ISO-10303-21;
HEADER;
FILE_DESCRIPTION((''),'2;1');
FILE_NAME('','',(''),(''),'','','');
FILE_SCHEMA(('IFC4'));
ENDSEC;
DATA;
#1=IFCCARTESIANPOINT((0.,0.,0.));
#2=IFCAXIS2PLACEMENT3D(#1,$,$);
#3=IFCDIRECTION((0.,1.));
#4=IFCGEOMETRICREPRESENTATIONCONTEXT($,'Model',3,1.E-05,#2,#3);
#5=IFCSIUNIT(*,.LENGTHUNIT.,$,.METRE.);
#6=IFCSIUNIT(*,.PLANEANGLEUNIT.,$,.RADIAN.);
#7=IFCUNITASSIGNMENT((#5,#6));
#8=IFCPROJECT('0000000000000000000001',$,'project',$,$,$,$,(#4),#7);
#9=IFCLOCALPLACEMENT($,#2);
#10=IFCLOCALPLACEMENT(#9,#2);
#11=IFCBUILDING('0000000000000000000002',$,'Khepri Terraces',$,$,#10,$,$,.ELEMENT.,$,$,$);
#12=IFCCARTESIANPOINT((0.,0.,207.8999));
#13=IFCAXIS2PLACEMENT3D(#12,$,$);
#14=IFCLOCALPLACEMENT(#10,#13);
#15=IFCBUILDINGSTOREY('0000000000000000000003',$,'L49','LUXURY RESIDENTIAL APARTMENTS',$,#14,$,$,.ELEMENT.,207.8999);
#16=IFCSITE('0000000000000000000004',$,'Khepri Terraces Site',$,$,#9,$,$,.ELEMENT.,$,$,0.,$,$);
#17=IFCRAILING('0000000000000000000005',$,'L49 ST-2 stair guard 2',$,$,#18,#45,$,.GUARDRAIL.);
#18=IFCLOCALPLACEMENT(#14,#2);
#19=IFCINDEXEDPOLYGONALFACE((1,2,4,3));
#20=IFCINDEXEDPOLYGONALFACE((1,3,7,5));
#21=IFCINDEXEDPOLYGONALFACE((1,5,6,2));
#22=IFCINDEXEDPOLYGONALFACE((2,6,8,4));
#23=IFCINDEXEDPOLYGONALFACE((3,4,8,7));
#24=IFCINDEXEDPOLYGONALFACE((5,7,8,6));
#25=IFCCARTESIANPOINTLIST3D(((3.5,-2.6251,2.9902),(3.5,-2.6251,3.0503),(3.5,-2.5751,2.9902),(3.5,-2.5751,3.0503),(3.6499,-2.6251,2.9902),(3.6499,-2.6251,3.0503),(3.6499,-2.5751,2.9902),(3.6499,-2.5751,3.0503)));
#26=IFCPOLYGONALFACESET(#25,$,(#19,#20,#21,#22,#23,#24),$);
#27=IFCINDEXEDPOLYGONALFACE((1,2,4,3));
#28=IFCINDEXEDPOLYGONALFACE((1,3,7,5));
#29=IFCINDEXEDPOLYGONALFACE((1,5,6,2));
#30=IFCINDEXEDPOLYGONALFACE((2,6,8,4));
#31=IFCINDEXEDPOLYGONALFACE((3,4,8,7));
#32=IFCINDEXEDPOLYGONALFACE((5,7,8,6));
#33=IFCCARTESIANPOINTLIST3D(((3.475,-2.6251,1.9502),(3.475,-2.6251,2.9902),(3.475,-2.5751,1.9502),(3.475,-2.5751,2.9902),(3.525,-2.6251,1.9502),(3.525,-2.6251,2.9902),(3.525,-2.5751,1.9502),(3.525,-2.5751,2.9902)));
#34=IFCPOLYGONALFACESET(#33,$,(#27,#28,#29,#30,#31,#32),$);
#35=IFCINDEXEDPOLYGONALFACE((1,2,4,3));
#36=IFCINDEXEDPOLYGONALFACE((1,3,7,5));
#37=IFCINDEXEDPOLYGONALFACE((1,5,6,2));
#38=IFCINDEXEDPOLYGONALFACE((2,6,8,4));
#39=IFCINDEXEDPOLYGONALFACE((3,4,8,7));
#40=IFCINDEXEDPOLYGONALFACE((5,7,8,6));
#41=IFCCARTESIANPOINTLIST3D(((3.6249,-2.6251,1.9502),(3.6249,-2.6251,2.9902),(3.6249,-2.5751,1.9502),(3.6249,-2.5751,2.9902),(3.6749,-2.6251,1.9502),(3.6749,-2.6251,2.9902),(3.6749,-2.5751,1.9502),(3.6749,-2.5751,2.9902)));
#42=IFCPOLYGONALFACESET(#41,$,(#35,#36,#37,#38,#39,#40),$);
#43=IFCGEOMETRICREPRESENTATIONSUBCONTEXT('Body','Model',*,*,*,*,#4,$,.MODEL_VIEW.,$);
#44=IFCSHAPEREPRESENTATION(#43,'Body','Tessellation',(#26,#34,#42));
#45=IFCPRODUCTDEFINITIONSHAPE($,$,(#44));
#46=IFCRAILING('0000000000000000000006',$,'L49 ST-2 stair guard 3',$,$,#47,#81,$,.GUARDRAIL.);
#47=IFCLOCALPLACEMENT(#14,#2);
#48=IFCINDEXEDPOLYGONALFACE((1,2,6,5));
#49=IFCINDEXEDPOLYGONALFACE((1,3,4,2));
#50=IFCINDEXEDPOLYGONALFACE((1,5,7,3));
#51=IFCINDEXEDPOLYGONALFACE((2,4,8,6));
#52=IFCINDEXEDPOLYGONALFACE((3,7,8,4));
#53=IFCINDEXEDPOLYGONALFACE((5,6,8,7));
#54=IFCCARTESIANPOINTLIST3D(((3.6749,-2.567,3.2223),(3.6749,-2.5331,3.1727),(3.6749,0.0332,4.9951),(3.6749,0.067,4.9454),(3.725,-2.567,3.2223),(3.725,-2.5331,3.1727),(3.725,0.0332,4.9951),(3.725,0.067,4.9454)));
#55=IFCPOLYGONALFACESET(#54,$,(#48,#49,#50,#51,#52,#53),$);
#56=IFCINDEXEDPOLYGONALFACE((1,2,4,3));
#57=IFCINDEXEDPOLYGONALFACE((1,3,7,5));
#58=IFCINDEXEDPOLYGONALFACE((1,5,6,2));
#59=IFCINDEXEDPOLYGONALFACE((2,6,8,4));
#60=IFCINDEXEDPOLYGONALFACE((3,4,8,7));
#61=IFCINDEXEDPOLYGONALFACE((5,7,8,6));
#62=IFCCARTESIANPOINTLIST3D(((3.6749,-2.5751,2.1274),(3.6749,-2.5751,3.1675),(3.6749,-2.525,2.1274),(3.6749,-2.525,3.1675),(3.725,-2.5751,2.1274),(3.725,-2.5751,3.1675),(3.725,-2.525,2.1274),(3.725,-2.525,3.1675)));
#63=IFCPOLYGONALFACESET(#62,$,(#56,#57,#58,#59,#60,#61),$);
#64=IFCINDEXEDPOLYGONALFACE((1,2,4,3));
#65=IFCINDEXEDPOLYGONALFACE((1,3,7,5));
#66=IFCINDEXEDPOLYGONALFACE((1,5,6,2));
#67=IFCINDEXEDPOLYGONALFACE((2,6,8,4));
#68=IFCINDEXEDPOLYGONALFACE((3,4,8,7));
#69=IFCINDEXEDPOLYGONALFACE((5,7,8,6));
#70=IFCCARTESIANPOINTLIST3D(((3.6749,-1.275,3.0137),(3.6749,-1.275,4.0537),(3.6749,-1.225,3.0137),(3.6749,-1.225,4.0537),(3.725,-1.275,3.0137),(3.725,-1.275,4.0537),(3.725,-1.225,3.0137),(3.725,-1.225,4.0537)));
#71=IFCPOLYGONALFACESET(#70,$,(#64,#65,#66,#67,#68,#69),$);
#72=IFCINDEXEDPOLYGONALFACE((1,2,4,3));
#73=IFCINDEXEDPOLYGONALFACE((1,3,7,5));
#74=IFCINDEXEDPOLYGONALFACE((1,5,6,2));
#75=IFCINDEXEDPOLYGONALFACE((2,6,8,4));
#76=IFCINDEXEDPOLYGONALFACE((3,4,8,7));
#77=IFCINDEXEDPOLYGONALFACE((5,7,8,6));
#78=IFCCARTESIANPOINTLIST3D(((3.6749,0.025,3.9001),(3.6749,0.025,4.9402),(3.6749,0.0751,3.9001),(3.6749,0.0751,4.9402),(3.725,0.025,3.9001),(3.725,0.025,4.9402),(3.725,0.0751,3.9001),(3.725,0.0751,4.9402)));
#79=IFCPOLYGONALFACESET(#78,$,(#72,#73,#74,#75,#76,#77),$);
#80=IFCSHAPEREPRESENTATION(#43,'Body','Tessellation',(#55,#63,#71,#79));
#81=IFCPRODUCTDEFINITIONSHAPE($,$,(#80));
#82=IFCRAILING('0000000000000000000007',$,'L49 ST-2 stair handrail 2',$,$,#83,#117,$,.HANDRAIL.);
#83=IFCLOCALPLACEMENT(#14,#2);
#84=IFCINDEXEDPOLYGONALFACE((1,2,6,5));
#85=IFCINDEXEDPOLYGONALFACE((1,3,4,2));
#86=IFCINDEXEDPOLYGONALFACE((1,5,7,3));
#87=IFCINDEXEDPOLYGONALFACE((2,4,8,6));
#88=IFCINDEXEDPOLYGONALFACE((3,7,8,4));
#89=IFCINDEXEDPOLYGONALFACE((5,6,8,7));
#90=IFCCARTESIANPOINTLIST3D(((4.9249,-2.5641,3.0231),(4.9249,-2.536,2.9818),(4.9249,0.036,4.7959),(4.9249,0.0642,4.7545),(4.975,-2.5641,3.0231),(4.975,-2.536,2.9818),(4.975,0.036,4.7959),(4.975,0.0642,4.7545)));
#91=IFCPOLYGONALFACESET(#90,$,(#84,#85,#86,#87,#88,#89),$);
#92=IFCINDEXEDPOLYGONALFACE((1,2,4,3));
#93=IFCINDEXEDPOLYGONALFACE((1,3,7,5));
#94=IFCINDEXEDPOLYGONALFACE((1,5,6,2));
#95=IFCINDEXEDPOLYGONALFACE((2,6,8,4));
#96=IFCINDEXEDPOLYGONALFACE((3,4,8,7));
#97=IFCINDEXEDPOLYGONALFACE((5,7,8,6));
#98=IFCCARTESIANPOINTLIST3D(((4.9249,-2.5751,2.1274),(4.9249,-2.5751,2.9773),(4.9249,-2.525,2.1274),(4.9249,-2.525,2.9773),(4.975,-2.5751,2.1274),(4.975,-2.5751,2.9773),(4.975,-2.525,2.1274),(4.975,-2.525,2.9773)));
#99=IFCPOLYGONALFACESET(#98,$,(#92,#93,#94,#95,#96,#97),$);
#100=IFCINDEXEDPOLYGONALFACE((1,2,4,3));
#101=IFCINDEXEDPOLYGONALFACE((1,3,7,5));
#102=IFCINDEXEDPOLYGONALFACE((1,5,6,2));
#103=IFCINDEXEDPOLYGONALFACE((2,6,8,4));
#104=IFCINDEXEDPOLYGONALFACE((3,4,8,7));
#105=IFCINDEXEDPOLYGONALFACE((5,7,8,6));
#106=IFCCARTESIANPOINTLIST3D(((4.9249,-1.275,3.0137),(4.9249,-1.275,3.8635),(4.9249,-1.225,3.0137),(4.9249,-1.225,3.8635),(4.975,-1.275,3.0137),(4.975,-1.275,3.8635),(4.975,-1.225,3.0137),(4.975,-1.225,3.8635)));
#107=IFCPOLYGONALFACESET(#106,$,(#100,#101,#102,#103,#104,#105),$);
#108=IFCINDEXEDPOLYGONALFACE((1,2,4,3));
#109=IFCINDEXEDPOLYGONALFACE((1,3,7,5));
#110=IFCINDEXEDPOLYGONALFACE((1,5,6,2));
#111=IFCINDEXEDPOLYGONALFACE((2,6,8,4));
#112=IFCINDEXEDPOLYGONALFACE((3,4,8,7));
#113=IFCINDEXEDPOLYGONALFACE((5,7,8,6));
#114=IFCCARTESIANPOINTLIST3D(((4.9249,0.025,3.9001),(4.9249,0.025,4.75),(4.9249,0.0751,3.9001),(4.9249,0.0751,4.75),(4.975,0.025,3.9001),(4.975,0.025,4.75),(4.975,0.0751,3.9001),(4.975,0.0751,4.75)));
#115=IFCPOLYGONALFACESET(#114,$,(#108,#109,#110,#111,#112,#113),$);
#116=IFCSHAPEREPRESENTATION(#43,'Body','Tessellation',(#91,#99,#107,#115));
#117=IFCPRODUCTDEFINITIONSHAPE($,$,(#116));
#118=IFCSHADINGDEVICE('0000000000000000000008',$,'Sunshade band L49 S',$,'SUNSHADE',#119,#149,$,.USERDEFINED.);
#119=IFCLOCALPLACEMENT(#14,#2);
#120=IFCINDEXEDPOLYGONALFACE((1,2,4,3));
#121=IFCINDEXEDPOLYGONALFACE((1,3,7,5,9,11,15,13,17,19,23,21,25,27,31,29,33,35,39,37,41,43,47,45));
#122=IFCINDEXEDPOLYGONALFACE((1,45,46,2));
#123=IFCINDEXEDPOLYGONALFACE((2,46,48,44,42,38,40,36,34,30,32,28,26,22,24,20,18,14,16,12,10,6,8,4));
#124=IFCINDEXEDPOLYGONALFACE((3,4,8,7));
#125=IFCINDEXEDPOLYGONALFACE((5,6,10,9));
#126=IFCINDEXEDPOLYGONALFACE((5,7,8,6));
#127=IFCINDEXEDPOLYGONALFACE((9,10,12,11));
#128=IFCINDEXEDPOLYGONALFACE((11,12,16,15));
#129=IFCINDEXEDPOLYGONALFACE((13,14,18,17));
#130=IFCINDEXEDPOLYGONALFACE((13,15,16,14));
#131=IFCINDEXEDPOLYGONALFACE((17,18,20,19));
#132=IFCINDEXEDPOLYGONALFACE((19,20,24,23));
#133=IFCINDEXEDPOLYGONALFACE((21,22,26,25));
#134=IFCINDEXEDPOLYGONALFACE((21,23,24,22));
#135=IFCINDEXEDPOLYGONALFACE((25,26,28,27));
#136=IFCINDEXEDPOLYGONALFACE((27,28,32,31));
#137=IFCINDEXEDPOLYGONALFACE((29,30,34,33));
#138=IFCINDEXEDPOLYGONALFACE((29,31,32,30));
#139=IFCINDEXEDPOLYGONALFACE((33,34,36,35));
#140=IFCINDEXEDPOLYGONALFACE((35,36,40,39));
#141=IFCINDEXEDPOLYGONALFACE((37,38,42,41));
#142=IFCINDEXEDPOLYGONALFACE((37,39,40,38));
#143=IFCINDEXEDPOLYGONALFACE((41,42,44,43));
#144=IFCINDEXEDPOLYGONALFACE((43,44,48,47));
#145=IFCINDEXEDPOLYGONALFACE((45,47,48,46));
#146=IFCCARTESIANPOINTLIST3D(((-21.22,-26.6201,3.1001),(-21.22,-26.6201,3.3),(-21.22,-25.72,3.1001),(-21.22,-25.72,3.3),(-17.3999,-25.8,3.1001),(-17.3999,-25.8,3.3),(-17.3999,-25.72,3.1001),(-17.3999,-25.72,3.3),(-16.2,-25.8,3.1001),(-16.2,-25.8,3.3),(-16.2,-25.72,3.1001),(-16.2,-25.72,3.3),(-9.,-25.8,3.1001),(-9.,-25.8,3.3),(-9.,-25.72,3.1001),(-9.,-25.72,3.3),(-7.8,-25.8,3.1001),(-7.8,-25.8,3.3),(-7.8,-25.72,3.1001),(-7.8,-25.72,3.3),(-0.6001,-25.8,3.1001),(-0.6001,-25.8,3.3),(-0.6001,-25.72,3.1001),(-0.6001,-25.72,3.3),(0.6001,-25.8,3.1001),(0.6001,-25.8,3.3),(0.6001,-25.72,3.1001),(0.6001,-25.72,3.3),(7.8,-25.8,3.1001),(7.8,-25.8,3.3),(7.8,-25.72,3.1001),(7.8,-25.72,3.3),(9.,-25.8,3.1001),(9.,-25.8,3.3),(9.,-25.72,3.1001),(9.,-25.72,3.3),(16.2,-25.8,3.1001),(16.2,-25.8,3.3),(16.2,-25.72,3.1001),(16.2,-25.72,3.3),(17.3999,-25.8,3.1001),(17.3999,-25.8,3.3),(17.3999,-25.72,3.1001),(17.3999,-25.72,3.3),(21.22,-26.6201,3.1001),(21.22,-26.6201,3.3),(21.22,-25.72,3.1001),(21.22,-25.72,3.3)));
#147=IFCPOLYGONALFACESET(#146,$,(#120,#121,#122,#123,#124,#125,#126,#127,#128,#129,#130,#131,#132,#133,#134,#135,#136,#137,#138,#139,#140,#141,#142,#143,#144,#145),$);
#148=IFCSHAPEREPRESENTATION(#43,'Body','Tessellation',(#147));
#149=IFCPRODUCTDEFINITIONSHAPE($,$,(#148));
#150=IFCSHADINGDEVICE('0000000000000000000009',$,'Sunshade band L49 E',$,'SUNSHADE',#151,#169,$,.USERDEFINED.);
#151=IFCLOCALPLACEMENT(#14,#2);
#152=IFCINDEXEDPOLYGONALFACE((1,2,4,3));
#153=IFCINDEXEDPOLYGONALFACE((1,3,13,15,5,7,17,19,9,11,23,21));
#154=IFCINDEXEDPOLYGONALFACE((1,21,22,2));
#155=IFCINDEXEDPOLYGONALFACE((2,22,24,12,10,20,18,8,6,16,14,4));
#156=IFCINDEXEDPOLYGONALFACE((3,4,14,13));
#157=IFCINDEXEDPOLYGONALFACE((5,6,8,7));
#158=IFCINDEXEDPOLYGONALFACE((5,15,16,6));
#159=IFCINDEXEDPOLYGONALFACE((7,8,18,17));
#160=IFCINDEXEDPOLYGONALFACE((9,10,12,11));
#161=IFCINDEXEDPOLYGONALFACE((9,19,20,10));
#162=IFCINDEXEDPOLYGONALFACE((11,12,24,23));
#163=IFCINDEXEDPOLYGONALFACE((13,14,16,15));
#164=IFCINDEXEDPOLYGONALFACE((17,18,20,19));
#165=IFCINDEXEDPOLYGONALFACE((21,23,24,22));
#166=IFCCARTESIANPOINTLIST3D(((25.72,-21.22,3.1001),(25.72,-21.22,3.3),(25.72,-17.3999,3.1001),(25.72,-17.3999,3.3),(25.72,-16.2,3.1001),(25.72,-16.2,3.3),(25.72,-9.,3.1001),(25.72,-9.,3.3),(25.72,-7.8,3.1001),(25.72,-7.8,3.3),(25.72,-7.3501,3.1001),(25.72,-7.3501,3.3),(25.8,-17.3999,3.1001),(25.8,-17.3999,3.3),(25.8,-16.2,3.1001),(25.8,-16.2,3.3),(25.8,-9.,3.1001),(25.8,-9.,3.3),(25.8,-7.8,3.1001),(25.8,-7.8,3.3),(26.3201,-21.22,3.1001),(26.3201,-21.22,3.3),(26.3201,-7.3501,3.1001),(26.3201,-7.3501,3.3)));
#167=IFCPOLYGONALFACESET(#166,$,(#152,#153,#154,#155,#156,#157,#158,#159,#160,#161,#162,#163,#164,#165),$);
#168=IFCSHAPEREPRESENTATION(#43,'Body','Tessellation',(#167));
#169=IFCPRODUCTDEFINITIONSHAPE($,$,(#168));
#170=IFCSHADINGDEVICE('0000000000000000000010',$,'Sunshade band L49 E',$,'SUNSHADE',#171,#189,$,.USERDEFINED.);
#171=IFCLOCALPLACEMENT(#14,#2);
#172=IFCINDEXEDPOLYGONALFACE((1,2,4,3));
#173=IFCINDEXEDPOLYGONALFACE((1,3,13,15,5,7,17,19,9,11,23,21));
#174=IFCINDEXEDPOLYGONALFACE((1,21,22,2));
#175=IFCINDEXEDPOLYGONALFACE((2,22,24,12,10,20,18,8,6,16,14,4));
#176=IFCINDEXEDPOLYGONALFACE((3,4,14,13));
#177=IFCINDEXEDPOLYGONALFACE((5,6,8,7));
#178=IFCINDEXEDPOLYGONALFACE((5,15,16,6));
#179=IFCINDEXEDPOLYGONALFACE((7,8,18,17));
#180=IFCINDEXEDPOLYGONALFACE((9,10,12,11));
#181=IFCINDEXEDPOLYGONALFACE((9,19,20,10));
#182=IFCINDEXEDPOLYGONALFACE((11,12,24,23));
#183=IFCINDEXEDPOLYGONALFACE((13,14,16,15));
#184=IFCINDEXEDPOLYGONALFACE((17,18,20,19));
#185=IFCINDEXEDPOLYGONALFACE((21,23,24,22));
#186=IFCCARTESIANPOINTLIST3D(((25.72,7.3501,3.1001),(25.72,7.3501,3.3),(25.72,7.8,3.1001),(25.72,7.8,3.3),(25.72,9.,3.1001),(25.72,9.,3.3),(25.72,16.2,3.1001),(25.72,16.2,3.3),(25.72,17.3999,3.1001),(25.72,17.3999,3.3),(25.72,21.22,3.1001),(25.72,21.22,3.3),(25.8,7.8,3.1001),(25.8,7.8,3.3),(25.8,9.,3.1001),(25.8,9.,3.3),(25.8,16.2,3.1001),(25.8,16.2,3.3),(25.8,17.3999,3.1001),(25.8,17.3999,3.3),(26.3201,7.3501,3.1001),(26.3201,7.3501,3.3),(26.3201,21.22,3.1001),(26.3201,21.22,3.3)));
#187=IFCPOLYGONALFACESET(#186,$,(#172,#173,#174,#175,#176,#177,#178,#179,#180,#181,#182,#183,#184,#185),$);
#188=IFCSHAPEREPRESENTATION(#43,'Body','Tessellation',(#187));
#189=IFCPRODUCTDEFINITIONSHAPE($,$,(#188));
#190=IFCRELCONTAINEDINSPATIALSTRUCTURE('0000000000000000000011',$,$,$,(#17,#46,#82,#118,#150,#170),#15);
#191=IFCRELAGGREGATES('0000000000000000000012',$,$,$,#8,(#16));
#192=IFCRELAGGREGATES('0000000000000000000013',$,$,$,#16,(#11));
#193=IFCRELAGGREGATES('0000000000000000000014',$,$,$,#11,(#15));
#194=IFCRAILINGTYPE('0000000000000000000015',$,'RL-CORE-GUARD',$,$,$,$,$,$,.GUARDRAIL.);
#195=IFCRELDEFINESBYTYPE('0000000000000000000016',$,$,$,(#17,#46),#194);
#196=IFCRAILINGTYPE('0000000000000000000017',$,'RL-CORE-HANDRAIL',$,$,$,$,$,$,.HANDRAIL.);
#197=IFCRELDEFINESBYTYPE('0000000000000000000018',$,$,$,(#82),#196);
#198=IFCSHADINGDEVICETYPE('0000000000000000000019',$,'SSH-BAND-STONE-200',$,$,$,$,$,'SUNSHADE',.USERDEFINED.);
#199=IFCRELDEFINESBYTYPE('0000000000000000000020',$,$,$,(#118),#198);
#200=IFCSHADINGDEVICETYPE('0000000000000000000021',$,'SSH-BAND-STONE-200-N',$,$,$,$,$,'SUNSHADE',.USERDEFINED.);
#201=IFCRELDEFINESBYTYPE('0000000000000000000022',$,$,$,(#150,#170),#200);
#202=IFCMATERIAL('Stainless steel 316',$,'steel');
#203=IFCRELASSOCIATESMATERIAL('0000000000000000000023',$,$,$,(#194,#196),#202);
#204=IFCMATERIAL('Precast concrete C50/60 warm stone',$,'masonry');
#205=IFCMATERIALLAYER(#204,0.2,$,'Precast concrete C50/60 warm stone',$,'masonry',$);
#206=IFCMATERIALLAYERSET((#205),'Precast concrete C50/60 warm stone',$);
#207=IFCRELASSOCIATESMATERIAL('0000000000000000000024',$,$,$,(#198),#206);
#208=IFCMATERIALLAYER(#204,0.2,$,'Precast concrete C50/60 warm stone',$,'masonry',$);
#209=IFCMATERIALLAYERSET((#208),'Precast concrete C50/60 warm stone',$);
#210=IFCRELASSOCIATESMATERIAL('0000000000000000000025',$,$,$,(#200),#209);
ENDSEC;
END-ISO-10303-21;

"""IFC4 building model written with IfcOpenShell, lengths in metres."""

from ifc_helpers import new_model, si_unit, direction, frame, origin, origin_2d, place, context, subcontext, project, spatial, polyline, rectangle, outline, extrude, material, layer, layer_set, type_object, element, save


model = new_model("IFC4")

# Units and contexts
model_context = context("Model", 3, precision=1e-05, world=origin(), true_north=direction((0.0, 1.0)))
body_context = subcontext(model_context, "Body", "Model", "MODEL_VIEW")
ifc_project = project(units=[si_unit("LENGTHUNIT", "METRE"), si_unit("PLANEANGLEUNIT", "RADIAN")], contexts=[model_context])

# Site, building, storey
site_placement = place(None, origin())
site = spatial("IfcSite", under=ifc_project, at=site_placement, Name="Khepri Terraces Site", CompositionType="ELEMENT", RefElevation=0.0)
building_placement = place(site_placement, origin())
building = spatial("IfcBuilding", under=site, at=building_placement, Name="Khepri Terraces", CompositionType="ELEMENT")
storey_placement = place(building_placement, frame((0.0, 0.0, 207.8999)))
storey = spatial("IfcBuildingStorey", under=building, at=storey_placement, Name="L49", Description="LUXURY RESIDENTIAL APARTMENTS", CompositionType="ELEMENT", Elevation=207.8999)

# Shared definitions
ifc_material_1 = material(Name="Precast concrete C50/60 warm stone", Category="masonry")

# Railings
ifc_material_2 = material(Name="Stainless steel 316", Category="steel")
railing_type_1 = type_object("IfcRailingType", Name="RL-CORE-GUARD", PredefinedType="GUARDRAIL", material=ifc_material_2)
railing_1_placement = place(storey_placement, frame((3.5, -2.6001, 1.9502)))
element("IfcRailing", 1, at=railing_1_placement, inside=storey, type_object=railing_type_1, Name="L49 ST-2 stair guard 2", PredefinedType="GUARDRAIL", context=body_context, shape_type="SweptSolid", body=[
    extrude(rectangle(XDim=0.05, YDim=0.0601, at=origin_2d()), frame((0.0, 0.0, 1.0701), z_axis=(1.0, 0.0, 0.0), x_axis=(0.0, 1.0, 0.0)), (0.0, 0.0, 1.0), 0.1499),
    extrude(rectangle(XDim=0.05, YDim=0.05, at=origin_2d()), origin(), (0.0, 0.0, 1.0), 1.04),
    extrude(rectangle(XDim=0.05, YDim=0.05, at=origin_2d()), frame((0.1499, 0.0, 0.0)), (0.0, 0.0, 1.0), 1.04),
])
railing_2_placement = place(storey_placement, frame((3.7, -2.55, 2.1274)))
element("IfcRailing", 2, at=railing_2_placement, inside=storey, type_object=railing_type_1, Name="L49 ST-2 stair guard 3", PredefinedType="GUARDRAIL", context=body_context, shape_type="SweptSolid", body=[
    extrude(rectangle(XDim=0.05, YDim=0.0601, at=origin_2d()), frame((0.0, 0.0, 1.0701), z_axis=(0.0, 0.82624, 0.563318), x_axis=(-1.0, 0.0, 0.0)), (0.0, 0.0, 1.0), 3.147),
    extrude(rectangle(XDim=0.05, YDim=0.05, at=origin_2d()), origin(), (0.0, 0.0, 1.0), 1.04),
    extrude(rectangle(XDim=0.05, YDim=0.05, at=origin_2d()), frame((0.0, 1.3, 0.8862)), (0.0, 0.0, 1.0), 1.04),
    extrude(rectangle(XDim=0.05, YDim=0.05, at=origin_2d()), frame((0.0, 2.6001, 1.7727)), (0.0, 0.0, 1.0), 1.04),
])
railing_type_2 = type_object("IfcRailingType", Name="RL-CORE-HANDRAIL", PredefinedType="HANDRAIL", material=ifc_material_2)
railing_3_placement = place(storey_placement, frame((4.95, -2.55, 2.1274)))
element("IfcRailing", 3, at=railing_3_placement, inside=storey, type_object=railing_type_2, Name="L49 ST-2 stair handrail 2", PredefinedType="HANDRAIL", context=body_context, shape_type="SweptSolid", body=[
    extrude(rectangle(XDim=0.05, YDim=0.05, at=origin_2d()), frame((0.0, 0.0, 0.875), z_axis=(0.0, 0.82624, 0.563318), x_axis=(-1.0, 0.0, 0.0)), (0.0, 0.0, 1.0), 3.147),
    extrude(rectangle(XDim=0.05, YDim=0.05, at=origin_2d()), origin(), (0.0, 0.0, 1.0), 0.8499),
    extrude(rectangle(XDim=0.05, YDim=0.05, at=origin_2d()), frame((0.0, 1.3, 0.8862)), (0.0, 0.0, 1.0), 0.8499),
    extrude(rectangle(XDim=0.05, YDim=0.05, at=origin_2d()), frame((0.0, 2.6001, 1.7727)), (0.0, 0.0, 1.0), 0.8499),
])

# Shading devices
ifc_layer_1 = layer(ifc_material_1, 0.2, Name="Precast concrete C50/60 warm stone", Category="masonry")
ifc_layer_set_1 = layer_set([ifc_layer_1], Name="Precast concrete C50/60 warm stone")
shading_device_type_1 = type_object("IfcShadingDeviceType", Name="SSH-BAND-STONE-200", ElementType="SUNSHADE", PredefinedType="USERDEFINED", material=ifc_layer_set_1)
shading_device_1_placement = place(storey_placement, frame((0.0, 0.0, 3.1001)))
element("IfcShadingDevice", 4, at=shading_device_1_placement, inside=storey, type_object=shading_device_type_1, Name="Sunshade band L49 S", ObjectType="SUNSHADE", PredefinedType="USERDEFINED", context=body_context, shape_type="SweptSolid", body=[
    extrude(outline(polyline([(-17.3999, -25.72), (-21.22, -25.72), (-21.22, -26.6201), (21.22, -26.6201), (21.22, -25.72), (17.3999, -25.72), (17.3999, -25.8), (16.2, -25.8), (16.2, -25.72), (9.0, -25.72), (9.0, -25.8), (7.8, -25.8), (7.8, -25.72), (0.6001, -25.72), (0.6001, -25.8), (-0.6001, -25.8), (-0.6001, -25.72), (-7.8, -25.72), (-7.8, -25.8), (-9.0, -25.8), (-9.0, -25.72), (-16.2, -25.72), (-16.2, -25.8), (-17.3999, -25.8), (-17.3999, -25.72)])), origin(), (0.0, 0.0, 1.0), 0.2),
])
ifc_layer_2 = layer(ifc_material_1, 0.2, Name="Precast concrete C50/60 warm stone", Category="masonry")
ifc_layer_set_2 = layer_set([ifc_layer_2], Name="Precast concrete C50/60 warm stone")
shading_device_type_2 = type_object("IfcShadingDeviceType", Name="SSH-BAND-STONE-200-N", ElementType="SUNSHADE", PredefinedType="USERDEFINED", material=ifc_layer_set_2)
shading_device_2_placement = place(storey_placement, frame((0.0, 0.0, 3.1001)))
element("IfcShadingDevice", 5, at=shading_device_2_placement, inside=storey, type_object=shading_device_type_2, Name="Sunshade band L49 E", ObjectType="SUNSHADE", PredefinedType="USERDEFINED", context=body_context, shape_type="SweptSolid", body=[
    extrude(outline(polyline([(25.72, -17.3999), (25.72, -21.22), (26.3201, -21.22), (26.3201, -7.3501), (25.72, -7.3501), (25.72, -7.8), (25.8, -7.8), (25.8, -9.0), (25.72, -9.0), (25.72, -16.2), (25.8, -16.2), (25.8, -17.3999), (25.72, -17.3999)])), origin(), (0.0, 0.0, 1.0), 0.2),
])
shading_device_3_placement = place(storey_placement, frame((0.0, 0.0, 3.1001)))
element("IfcShadingDevice", 6, at=shading_device_3_placement, inside=storey, type_object=shading_device_type_2, Name="Sunshade band L49 E", ObjectType="SUNSHADE", PredefinedType="USERDEFINED", context=body_context, shape_type="SweptSolid", body=[
    extrude(outline(polyline([(25.72, 7.8), (25.72, 7.3501), (26.3201, 7.3501), (26.3201, 21.22), (25.72, 21.22), (25.72, 17.3999), (25.8, 17.3999), (25.8, 16.2), (25.72, 16.2), (25.72, 9.0), (25.8, 9.0), (25.8, 7.8), (25.72, 7.8)])), origin(), (0.0, 0.0, 1.0), 0.2),
])

save(model, "model.ifc")
